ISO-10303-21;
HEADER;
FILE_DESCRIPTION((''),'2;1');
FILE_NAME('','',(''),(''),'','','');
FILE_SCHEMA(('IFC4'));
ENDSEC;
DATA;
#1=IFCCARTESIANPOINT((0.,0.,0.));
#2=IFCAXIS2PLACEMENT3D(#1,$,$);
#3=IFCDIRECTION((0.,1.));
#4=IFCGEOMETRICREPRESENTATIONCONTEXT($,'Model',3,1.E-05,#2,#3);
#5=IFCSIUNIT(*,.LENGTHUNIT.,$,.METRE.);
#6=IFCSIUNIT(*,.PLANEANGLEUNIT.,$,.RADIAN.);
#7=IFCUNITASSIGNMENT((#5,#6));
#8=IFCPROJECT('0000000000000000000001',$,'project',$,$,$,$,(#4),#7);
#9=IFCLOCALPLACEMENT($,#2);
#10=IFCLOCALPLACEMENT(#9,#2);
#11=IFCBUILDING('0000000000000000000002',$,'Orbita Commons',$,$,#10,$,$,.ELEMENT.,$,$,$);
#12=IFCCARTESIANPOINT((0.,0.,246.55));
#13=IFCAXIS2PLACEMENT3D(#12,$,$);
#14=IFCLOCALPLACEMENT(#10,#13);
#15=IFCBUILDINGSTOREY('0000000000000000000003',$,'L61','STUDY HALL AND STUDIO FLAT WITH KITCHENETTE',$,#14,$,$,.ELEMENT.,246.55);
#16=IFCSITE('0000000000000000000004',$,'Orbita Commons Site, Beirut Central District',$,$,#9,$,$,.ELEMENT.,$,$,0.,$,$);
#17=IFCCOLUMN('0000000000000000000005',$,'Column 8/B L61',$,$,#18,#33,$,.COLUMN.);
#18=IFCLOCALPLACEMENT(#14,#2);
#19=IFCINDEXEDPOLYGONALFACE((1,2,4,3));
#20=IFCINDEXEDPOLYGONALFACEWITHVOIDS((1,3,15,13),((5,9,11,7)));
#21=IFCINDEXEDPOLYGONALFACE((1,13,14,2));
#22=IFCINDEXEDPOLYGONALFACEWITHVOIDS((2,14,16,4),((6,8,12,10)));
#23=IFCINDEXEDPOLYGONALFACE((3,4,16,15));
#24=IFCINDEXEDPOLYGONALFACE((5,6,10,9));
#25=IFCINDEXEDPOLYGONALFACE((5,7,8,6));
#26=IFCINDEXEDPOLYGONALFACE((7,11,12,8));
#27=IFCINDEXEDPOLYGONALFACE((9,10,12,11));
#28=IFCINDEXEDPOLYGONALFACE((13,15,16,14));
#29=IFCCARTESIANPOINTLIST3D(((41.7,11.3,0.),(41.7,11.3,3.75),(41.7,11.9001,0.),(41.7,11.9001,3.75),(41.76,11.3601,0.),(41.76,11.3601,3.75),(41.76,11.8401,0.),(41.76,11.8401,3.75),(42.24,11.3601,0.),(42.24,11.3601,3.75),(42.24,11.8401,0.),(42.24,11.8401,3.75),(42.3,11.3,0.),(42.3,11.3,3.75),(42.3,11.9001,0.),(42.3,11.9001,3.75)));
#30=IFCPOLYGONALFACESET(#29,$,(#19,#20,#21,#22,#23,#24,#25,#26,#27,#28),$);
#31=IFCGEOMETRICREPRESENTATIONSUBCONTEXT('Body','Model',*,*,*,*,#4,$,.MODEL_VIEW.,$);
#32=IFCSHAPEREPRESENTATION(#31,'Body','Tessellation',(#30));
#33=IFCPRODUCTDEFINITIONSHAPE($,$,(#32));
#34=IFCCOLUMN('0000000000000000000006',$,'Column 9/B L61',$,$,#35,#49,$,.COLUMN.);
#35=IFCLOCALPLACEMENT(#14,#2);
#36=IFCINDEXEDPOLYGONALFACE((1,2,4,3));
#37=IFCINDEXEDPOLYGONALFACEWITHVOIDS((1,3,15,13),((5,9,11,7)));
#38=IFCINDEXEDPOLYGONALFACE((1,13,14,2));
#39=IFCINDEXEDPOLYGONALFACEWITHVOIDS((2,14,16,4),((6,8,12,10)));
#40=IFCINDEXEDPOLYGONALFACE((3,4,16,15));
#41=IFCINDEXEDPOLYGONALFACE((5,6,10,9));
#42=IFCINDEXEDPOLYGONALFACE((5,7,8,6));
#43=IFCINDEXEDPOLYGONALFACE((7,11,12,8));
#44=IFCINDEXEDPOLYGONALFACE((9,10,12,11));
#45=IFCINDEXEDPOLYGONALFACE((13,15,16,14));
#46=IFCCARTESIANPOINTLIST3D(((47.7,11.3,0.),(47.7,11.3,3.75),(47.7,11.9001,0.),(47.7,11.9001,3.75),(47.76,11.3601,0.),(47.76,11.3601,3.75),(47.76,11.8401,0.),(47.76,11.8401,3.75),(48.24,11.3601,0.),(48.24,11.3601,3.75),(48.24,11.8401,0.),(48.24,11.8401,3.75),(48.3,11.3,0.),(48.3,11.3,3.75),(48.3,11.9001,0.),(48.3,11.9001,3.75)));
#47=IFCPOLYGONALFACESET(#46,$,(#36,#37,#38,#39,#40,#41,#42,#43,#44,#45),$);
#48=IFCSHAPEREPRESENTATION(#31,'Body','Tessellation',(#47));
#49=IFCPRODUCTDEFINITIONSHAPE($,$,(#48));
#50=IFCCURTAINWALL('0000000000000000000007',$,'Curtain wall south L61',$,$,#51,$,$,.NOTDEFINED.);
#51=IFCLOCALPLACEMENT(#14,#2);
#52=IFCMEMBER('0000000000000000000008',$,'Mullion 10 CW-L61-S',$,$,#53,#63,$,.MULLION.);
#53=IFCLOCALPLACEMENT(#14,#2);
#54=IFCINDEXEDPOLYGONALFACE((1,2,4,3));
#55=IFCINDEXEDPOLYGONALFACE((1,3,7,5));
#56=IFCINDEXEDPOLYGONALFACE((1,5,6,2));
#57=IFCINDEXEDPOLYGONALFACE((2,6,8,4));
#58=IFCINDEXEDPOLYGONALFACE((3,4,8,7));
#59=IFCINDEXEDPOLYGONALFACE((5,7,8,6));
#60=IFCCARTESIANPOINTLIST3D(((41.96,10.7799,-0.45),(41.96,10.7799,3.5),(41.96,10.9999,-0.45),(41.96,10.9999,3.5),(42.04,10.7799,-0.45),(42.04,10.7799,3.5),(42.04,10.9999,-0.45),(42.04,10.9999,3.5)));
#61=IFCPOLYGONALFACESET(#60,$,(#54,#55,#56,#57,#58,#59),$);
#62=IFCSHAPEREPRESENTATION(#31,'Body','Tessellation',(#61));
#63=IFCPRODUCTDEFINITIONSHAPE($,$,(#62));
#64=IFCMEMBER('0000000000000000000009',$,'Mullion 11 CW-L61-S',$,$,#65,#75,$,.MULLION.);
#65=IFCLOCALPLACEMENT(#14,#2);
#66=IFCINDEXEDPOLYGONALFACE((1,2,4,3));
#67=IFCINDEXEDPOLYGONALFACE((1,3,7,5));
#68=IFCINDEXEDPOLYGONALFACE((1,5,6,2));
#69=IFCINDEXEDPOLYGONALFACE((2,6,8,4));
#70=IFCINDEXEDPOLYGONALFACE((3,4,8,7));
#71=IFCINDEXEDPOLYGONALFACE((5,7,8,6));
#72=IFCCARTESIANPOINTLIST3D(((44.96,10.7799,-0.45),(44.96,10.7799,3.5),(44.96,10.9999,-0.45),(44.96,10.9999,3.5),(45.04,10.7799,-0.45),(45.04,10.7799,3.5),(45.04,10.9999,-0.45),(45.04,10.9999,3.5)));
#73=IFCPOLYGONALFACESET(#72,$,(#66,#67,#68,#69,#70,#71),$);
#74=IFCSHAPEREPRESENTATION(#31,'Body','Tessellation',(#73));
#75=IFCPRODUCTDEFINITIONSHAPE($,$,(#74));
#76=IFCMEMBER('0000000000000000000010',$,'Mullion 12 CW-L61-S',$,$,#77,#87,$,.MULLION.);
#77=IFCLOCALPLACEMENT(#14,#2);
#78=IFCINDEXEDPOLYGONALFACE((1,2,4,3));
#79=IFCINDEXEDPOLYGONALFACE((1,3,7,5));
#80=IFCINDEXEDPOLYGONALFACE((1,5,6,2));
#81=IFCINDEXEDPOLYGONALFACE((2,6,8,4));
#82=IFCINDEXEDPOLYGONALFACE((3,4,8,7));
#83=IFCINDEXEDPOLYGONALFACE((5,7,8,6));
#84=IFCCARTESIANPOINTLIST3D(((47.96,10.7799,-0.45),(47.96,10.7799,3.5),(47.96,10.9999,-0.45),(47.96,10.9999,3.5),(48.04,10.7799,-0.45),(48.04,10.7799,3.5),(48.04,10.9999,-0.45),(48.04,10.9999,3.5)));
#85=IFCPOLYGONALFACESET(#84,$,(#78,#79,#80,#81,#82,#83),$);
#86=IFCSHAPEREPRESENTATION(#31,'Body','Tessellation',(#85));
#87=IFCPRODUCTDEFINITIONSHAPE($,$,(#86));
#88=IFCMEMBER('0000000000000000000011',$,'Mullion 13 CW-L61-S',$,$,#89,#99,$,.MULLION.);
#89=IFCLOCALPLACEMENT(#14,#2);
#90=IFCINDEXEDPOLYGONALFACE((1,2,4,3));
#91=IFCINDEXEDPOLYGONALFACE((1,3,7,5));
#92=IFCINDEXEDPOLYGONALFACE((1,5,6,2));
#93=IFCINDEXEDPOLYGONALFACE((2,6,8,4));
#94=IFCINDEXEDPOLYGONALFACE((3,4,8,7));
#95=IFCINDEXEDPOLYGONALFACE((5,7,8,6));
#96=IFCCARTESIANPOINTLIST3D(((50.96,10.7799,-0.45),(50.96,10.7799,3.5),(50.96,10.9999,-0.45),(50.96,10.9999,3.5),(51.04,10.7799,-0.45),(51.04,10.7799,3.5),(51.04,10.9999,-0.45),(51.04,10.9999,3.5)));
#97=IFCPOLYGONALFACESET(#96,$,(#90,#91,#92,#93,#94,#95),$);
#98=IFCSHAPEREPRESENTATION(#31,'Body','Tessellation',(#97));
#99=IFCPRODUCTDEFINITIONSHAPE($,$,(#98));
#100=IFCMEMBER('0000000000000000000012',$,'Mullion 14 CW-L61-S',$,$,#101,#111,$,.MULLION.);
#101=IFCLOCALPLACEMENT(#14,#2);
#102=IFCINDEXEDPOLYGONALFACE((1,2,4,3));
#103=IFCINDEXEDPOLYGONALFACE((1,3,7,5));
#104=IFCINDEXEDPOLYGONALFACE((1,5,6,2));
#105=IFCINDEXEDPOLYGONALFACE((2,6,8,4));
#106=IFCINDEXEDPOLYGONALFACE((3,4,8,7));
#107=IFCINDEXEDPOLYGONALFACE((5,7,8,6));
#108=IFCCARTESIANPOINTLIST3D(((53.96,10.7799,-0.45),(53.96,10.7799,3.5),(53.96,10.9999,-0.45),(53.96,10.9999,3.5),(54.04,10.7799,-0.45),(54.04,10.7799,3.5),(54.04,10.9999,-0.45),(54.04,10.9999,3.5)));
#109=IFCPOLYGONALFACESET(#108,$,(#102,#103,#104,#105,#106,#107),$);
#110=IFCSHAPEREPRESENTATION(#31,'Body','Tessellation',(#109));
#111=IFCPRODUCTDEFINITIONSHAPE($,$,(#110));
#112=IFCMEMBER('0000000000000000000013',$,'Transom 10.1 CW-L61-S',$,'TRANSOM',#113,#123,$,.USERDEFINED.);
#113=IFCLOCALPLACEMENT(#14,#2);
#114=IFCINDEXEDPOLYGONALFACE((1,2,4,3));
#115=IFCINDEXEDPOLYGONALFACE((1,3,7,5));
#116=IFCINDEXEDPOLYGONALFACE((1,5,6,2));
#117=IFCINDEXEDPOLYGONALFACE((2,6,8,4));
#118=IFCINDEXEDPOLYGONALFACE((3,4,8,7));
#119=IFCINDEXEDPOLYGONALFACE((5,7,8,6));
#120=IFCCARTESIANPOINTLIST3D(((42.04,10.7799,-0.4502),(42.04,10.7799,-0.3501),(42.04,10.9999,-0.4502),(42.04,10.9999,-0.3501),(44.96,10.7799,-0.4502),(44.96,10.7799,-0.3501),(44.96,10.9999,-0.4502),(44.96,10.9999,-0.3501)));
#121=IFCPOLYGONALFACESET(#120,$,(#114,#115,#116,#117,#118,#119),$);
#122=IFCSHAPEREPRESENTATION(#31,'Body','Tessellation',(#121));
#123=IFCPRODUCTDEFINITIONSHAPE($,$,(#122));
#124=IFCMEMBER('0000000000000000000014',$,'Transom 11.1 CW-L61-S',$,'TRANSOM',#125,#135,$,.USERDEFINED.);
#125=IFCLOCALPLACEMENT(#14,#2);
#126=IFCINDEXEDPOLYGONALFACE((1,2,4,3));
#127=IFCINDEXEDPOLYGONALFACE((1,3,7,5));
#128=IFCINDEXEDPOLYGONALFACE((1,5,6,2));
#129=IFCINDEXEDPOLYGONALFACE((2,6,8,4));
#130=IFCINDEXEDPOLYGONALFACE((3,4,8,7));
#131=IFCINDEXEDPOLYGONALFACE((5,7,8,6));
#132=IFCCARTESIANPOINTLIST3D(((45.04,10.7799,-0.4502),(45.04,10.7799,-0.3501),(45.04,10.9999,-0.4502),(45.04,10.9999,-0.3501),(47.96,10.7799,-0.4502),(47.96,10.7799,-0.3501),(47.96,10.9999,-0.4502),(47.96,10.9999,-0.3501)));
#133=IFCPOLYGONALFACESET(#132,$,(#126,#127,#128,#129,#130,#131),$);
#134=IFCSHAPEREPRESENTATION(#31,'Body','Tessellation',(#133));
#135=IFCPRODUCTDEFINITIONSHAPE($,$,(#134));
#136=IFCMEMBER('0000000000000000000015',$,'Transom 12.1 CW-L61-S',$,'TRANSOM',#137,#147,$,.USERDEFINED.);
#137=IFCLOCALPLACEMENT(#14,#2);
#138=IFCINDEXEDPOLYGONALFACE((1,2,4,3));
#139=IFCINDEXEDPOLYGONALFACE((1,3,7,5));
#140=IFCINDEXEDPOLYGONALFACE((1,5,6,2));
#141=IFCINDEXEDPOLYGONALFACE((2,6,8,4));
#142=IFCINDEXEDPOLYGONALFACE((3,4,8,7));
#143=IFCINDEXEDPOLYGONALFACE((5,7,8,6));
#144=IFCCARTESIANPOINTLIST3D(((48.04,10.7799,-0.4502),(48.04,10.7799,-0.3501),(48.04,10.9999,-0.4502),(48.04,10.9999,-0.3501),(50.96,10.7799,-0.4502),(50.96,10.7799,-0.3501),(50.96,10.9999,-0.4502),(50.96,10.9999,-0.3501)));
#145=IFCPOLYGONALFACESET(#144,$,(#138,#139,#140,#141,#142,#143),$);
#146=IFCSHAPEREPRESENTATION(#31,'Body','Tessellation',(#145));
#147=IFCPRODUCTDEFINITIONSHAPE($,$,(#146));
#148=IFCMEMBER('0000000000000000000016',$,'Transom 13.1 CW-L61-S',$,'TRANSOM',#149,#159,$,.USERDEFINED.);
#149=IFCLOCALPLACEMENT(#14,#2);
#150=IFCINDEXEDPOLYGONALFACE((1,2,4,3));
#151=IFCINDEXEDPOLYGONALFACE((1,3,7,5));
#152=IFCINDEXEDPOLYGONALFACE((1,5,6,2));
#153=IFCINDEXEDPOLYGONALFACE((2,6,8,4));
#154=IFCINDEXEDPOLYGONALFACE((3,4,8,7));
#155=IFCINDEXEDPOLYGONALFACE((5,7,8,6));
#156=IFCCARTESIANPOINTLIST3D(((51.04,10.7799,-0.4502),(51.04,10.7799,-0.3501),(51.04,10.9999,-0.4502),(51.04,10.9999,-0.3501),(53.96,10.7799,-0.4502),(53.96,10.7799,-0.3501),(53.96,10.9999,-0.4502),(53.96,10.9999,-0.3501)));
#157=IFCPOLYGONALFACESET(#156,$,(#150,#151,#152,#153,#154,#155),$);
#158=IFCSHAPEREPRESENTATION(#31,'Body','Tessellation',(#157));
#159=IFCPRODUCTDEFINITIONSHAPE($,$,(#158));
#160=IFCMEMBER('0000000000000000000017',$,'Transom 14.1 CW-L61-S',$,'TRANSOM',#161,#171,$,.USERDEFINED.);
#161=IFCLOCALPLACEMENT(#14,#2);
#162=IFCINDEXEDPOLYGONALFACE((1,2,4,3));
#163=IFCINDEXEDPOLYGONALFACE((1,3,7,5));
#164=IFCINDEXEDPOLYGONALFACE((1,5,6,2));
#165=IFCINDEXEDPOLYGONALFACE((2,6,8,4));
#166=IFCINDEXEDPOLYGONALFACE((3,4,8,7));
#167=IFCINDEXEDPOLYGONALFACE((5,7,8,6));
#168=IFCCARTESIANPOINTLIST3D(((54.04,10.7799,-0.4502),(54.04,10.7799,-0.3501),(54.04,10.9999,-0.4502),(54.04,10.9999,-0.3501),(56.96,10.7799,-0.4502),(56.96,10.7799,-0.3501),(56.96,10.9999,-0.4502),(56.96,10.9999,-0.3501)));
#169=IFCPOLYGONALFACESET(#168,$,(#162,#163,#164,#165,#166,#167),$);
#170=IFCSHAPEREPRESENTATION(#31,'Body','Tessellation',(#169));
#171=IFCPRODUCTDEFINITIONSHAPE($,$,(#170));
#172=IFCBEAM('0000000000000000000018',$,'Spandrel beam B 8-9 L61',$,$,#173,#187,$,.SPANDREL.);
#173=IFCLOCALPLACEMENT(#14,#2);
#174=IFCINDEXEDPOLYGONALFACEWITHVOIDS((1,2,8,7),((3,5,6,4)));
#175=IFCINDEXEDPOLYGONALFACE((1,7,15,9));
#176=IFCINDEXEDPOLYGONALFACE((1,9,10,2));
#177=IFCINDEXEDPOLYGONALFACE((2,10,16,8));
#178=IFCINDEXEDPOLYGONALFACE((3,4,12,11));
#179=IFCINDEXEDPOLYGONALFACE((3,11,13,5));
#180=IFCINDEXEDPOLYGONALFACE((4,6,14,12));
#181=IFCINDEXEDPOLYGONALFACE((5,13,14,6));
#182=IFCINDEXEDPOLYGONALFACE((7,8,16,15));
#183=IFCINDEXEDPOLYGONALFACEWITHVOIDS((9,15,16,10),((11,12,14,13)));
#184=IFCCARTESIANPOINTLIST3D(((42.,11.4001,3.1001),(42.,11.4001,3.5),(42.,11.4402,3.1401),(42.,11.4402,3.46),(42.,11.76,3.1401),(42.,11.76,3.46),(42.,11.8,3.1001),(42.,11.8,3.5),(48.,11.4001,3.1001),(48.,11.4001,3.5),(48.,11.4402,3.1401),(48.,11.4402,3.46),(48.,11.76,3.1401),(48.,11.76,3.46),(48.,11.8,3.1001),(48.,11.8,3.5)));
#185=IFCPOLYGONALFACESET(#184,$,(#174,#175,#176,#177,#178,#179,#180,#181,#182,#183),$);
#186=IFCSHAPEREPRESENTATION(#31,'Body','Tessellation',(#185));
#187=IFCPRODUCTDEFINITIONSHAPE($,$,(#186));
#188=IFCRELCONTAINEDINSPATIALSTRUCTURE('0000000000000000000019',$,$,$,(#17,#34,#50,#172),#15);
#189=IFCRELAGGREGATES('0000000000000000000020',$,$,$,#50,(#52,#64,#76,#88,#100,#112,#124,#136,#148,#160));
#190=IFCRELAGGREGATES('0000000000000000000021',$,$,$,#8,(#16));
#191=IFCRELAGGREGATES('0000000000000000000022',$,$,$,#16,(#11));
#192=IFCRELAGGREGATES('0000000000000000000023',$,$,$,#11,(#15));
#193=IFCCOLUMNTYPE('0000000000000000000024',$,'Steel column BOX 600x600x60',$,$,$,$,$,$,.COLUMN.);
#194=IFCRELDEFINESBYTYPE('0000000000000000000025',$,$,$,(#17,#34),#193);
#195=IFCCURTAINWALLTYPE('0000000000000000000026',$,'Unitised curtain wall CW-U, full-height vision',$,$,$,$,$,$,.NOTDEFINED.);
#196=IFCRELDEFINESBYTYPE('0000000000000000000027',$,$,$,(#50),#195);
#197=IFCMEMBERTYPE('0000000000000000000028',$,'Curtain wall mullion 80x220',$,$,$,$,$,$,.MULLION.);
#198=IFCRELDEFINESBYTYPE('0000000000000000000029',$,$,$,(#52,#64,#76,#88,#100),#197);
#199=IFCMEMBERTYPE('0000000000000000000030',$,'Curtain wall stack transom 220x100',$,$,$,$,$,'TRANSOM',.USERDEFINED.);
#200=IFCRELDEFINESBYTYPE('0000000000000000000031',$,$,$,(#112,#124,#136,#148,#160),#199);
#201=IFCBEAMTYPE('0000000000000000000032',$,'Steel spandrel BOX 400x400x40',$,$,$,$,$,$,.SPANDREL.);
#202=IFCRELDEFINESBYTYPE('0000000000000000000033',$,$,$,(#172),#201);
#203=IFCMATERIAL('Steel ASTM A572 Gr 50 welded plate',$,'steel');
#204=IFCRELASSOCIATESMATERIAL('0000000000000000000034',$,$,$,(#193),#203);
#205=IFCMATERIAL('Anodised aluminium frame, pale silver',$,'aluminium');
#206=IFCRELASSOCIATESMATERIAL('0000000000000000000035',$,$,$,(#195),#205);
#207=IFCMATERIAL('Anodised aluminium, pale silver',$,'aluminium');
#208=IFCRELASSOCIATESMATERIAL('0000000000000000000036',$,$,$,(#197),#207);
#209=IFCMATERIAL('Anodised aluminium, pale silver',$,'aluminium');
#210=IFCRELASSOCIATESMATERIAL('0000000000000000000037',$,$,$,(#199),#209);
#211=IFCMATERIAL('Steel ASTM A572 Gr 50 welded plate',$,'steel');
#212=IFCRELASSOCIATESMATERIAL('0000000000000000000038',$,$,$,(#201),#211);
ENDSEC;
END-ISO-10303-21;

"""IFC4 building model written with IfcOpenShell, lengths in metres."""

from ifc_helpers import new_model, si_unit, direction, frame, origin, origin_2d, place, context, subcontext, project, spatial, rectangle, hollow_rectangle, extrude, material, material_profile, profile_set, type_object, element, aggregate, save


model = new_model("IFC4")

# Units and contexts
model_context = context("Model", 3, precision=1e-05, world=origin(), true_north=direction((0.0, 1.0)))
body_context = subcontext(model_context, "Body", "Model", "MODEL_VIEW")
ifc_project = project(units=[si_unit("LENGTHUNIT", "METRE"), si_unit("PLANEANGLEUNIT", "RADIAN")], contexts=[model_context])

# Site, building, storey
site_placement = place(None, origin())
site = spatial("IfcSite", under=ifc_project, at=site_placement, Name="Orbita Commons Site, Beirut Central District", CompositionType="ELEMENT", RefElevation=0.0)
building_placement = place(site_placement, origin())
building = spatial("IfcBuilding", under=site, at=building_placement, Name="Orbita Commons", CompositionType="ELEMENT")
storey_placement = place(building_placement, frame((0.0, 0.0, 246.55)))
storey = spatial("IfcBuildingStorey", under=building, at=storey_placement, Name="L61", Description="STUDY HALL AND STUDIO FLAT WITH KITCHENETTE", CompositionType="ELEMENT", Elevation=246.55)

# Columns
ifc_material_1 = material(Name="Steel ASTM A572 Gr 50 welded plate", Category="steel")
ifc_material_profile_1 = material_profile(ifc_material_1, hollow_rectangle(XDim=0.6001, YDim=0.6001, WallThickness=0.0601, at=origin_2d()), Name="BOX 600x600x60")
ifc_profile_set_1 = profile_set([ifc_material_profile_1], Name="Steel ASTM A572 Gr 50 welded plate")
column_type = type_object("IfcColumnType", Name="Steel column BOX 600x600x60", PredefinedType="COLUMN", material=ifc_profile_set_1)
for number, where, z_axis, x_axis, name in (
    (1, (42.0, 11.6001, 0.0), (0.0, 0.0, 1.0), (1.0, 0.0, 0.0), "Column 8/B L61"),
    (2, (48.0, 11.6001, 0.0), (0.0, 0.0, 1.0), (1.0, 0.0, 0.0), "Column 9/B L61"),
):
    element("IfcColumn", number, at=place(storey_placement, frame(where, z_axis=z_axis, x_axis=x_axis)), inside=storey, type_object=column_type, Name=name, PredefinedType="COLUMN", context=body_context, shape_type="SweptSolid", body=[
        extrude(hollow_rectangle(XDim=0.6001, YDim=0.6001, WallThickness=0.0601, at=origin_2d()), origin(), (0.0, 0.0, 1.0), 3.75),
    ])

# Curtain wall, members
ifc_material_2 = material(Name="Anodised aluminium frame, pale silver", Category="aluminium")
curtain_wall_type = type_object("IfcCurtainWallType", Name="Unitised curtain wall CW-U, full-height vision", PredefinedType="NOTDEFINED", material=ifc_material_2)
curtain_wall_placement = place(storey_placement, origin())
curtain_wall = element("IfcCurtainWall", 3, at=curtain_wall_placement, inside=storey, type_object=curtain_wall_type, Name="Curtain wall south L61", PredefinedType="NOTDEFINED")
ifc_material_3 = material(Name="Anodised aluminium, pale silver", Category="aluminium")
ifc_material_profile_2 = material_profile(ifc_material_3, rectangle(XDim=0.0801, YDim=0.22, at=origin_2d()), Name="AL 80x220")
ifc_profile_set_2 = profile_set([ifc_material_profile_2], Name="Anodised aluminium, pale silver")
member_type_1 = type_object("IfcMemberType", Name="Curtain wall mullion 80x220", PredefinedType="MULLION", material=ifc_profile_set_2)
member_1_placement = place(storey_placement, frame((42.0, 10.8899, -0.45), z_axis=(0.0, 0.0, 1.0), x_axis=(1.0, 0.0, 0.0)))
member_1 = element("IfcMember", 4, at=member_1_placement, type_object=member_type_1, Name="Mullion 10 CW-L61-S", PredefinedType="MULLION", context=body_context, shape_type="SweptSolid", body=[
    extrude(rectangle(XDim=0.0801, YDim=0.22, at=origin_2d()), origin(), (0.0, 0.0, 1.0), 3.95),
])
member_2_placement = place(storey_placement, frame((45.0, 10.8899, -0.45), z_axis=(0.0, 0.0, 1.0), x_axis=(1.0, 0.0, 0.0)))
member_2 = element("IfcMember", 5, at=member_2_placement, type_object=member_type_1, Name="Mullion 11 CW-L61-S", PredefinedType="MULLION", context=body_context, shape_type="SweptSolid", body=[
    extrude(rectangle(XDim=0.0801, YDim=0.22, at=origin_2d()), origin(), (0.0, 0.0, 1.0), 3.95),
])
member_3_placement = place(storey_placement, frame((48.0, 10.8899, -0.45), z_axis=(0.0, 0.0, 1.0), x_axis=(1.0, 0.0, 0.0)))
member_3 = element("IfcMember", 6, at=member_3_placement, type_object=member_type_1, Name="Mullion 12 CW-L61-S", PredefinedType="MULLION", context=body_context, shape_type="SweptSolid", body=[
    extrude(rectangle(XDim=0.0801, YDim=0.22, at=origin_2d()), origin(), (0.0, 0.0, 1.0), 3.95),
])
member_4_placement = place(storey_placement, frame((51.0, 10.8899, -0.45), z_axis=(0.0, 0.0, 1.0), x_axis=(1.0, 0.0, 0.0)))
member_4 = element("IfcMember", 7, at=member_4_placement, type_object=member_type_1, Name="Mullion 13 CW-L61-S", PredefinedType="MULLION", context=body_context, shape_type="SweptSolid", body=[
    extrude(rectangle(XDim=0.0801, YDim=0.22, at=origin_2d()), origin(), (0.0, 0.0, 1.0), 3.95),
])
member_5_placement = place(storey_placement, frame((54.0, 10.8899, -0.45), z_axis=(0.0, 0.0, 1.0), x_axis=(1.0, 0.0, 0.0)))
member_5 = element("IfcMember", 8, at=member_5_placement, type_object=member_type_1, Name="Mullion 14 CW-L61-S", PredefinedType="MULLION", context=body_context, shape_type="SweptSolid", body=[
    extrude(rectangle(XDim=0.0801, YDim=0.22, at=origin_2d()), origin(), (0.0, 0.0, 1.0), 3.95),
])
ifc_material_4 = material(Name="Anodised aluminium, pale silver", Category="aluminium")
ifc_material_profile_3 = material_profile(ifc_material_4, rectangle(XDim=0.22, YDim=0.1001, at=origin_2d()), Name="AL 220x100")
ifc_profile_set_3 = profile_set([ifc_material_profile_3], Name="Anodised aluminium, pale silver")
member_type_2 = type_object("IfcMemberType", Name="Curtain wall stack transom 220x100", ElementType="TRANSOM", PredefinedType="USERDEFINED", material=ifc_profile_set_3)
member_6_placement = place(storey_placement, frame((42.04, 10.8899, -0.4001), z_axis=(1.0, 0.0, 0.0), x_axis=(0.0, 1.0, 0.0)))
member_6 = element("IfcMember", 9, at=member_6_placement, type_object=member_type_2, Name="Transom 10.1 CW-L61-S", ObjectType="TRANSOM", PredefinedType="USERDEFINED", context=body_context, shape_type="SweptSolid", body=[
    extrude(rectangle(XDim=0.22, YDim=0.1001, at=origin_2d()), origin(), (0.0, 0.0, 1.0), 2.9199),
])
member_7_placement = place(storey_placement, frame((45.04, 10.8899, -0.4001), z_axis=(1.0, 0.0, 0.0), x_axis=(0.0, 1.0, 0.0)))
member_7 = element("IfcMember", 10, at=member_7_placement, type_object=member_type_2, Name="Transom 11.1 CW-L61-S", ObjectType="TRANSOM", PredefinedType="USERDEFINED", context=body_context, shape_type="SweptSolid", body=[
    extrude(rectangle(XDim=0.22, YDim=0.1001, at=origin_2d()), origin(), (0.0, 0.0, 1.0), 2.9199),
])
member_8_placement = place(storey_placement, frame((48.04, 10.8899, -0.4001), z_axis=(1.0, 0.0, 0.0), x_axis=(0.0, 1.0, 0.0)))
member_8 = element("IfcMember", 11, at=member_8_placement, type_object=member_type_2, Name="Transom 12.1 CW-L61-S", ObjectType="TRANSOM", PredefinedType="USERDEFINED", context=body_context, shape_type="SweptSolid", body=[
    extrude(rectangle(XDim=0.22, YDim=0.1001, at=origin_2d()), origin(), (0.0, 0.0, 1.0), 2.9199),
])
member_9_placement = place(storey_placement, frame((51.04, 10.8899, -0.4001), z_axis=(1.0, 0.0, 0.0), x_axis=(0.0, 1.0, 0.0)))
member_9 = element("IfcMember", 12, at=member_9_placement, type_object=member_type_2, Name="Transom 13.1 CW-L61-S", ObjectType="TRANSOM", PredefinedType="USERDEFINED", context=body_context, shape_type="SweptSolid", body=[
    extrude(rectangle(XDim=0.22, YDim=0.1001, at=origin_2d()), origin(), (0.0, 0.0, 1.0), 2.9199),
])
member_10_placement = place(storey_placement, frame((54.04, 10.8899, -0.4001), z_axis=(1.0, 0.0, 0.0), x_axis=(0.0, 1.0, 0.0)))
member_10 = element("IfcMember", 13, at=member_10_placement, type_object=member_type_2, Name="Transom 14.1 CW-L61-S", ObjectType="TRANSOM", PredefinedType="USERDEFINED", context=body_context, shape_type="SweptSolid", body=[
    extrude(rectangle(XDim=0.22, YDim=0.1001, at=origin_2d()), origin(), (0.0, 0.0, 1.0), 2.9199),
])

# Beam
ifc_material_5 = material(Name="Steel ASTM A572 Gr 50 welded plate", Category="steel")
ifc_material_profile_4 = material_profile(ifc_material_5, hollow_rectangle(XDim=0.3999, YDim=0.3999, WallThickness=0.04, at=origin_2d()), Name="BOX 400x400x40")
ifc_profile_set_4 = profile_set([ifc_material_profile_4], Name="Steel ASTM A572 Gr 50 welded plate")
beam_type = type_object("IfcBeamType", Name="Steel spandrel BOX 400x400x40", PredefinedType="SPANDREL", material=ifc_profile_set_4)
for number, where, z_axis, x_axis, name in (
    (14, (42.0, 11.6001, 3.3), (1.0, 0.0, 0.0), (0.0, 1.0, 0.0), "Spandrel beam B 8-9 L61"),
):
    element("IfcBeam", number, at=place(storey_placement, frame(where, z_axis=z_axis, x_axis=x_axis)), inside=storey, type_object=beam_type, Name=name, PredefinedType="SPANDREL", context=body_context, shape_type="SweptSolid", body=[
        extrude(hollow_rectangle(XDim=0.3999, YDim=0.3999, WallThickness=0.04, at=origin_2d()), origin(), (0.0, 0.0, 1.0), 6.0),
    ])

aggregate(curtain_wall, [member_1, member_2, member_3, member_4, member_5, member_6, member_7, member_8, member_9, member_10])

save(model, "model.ifc")
